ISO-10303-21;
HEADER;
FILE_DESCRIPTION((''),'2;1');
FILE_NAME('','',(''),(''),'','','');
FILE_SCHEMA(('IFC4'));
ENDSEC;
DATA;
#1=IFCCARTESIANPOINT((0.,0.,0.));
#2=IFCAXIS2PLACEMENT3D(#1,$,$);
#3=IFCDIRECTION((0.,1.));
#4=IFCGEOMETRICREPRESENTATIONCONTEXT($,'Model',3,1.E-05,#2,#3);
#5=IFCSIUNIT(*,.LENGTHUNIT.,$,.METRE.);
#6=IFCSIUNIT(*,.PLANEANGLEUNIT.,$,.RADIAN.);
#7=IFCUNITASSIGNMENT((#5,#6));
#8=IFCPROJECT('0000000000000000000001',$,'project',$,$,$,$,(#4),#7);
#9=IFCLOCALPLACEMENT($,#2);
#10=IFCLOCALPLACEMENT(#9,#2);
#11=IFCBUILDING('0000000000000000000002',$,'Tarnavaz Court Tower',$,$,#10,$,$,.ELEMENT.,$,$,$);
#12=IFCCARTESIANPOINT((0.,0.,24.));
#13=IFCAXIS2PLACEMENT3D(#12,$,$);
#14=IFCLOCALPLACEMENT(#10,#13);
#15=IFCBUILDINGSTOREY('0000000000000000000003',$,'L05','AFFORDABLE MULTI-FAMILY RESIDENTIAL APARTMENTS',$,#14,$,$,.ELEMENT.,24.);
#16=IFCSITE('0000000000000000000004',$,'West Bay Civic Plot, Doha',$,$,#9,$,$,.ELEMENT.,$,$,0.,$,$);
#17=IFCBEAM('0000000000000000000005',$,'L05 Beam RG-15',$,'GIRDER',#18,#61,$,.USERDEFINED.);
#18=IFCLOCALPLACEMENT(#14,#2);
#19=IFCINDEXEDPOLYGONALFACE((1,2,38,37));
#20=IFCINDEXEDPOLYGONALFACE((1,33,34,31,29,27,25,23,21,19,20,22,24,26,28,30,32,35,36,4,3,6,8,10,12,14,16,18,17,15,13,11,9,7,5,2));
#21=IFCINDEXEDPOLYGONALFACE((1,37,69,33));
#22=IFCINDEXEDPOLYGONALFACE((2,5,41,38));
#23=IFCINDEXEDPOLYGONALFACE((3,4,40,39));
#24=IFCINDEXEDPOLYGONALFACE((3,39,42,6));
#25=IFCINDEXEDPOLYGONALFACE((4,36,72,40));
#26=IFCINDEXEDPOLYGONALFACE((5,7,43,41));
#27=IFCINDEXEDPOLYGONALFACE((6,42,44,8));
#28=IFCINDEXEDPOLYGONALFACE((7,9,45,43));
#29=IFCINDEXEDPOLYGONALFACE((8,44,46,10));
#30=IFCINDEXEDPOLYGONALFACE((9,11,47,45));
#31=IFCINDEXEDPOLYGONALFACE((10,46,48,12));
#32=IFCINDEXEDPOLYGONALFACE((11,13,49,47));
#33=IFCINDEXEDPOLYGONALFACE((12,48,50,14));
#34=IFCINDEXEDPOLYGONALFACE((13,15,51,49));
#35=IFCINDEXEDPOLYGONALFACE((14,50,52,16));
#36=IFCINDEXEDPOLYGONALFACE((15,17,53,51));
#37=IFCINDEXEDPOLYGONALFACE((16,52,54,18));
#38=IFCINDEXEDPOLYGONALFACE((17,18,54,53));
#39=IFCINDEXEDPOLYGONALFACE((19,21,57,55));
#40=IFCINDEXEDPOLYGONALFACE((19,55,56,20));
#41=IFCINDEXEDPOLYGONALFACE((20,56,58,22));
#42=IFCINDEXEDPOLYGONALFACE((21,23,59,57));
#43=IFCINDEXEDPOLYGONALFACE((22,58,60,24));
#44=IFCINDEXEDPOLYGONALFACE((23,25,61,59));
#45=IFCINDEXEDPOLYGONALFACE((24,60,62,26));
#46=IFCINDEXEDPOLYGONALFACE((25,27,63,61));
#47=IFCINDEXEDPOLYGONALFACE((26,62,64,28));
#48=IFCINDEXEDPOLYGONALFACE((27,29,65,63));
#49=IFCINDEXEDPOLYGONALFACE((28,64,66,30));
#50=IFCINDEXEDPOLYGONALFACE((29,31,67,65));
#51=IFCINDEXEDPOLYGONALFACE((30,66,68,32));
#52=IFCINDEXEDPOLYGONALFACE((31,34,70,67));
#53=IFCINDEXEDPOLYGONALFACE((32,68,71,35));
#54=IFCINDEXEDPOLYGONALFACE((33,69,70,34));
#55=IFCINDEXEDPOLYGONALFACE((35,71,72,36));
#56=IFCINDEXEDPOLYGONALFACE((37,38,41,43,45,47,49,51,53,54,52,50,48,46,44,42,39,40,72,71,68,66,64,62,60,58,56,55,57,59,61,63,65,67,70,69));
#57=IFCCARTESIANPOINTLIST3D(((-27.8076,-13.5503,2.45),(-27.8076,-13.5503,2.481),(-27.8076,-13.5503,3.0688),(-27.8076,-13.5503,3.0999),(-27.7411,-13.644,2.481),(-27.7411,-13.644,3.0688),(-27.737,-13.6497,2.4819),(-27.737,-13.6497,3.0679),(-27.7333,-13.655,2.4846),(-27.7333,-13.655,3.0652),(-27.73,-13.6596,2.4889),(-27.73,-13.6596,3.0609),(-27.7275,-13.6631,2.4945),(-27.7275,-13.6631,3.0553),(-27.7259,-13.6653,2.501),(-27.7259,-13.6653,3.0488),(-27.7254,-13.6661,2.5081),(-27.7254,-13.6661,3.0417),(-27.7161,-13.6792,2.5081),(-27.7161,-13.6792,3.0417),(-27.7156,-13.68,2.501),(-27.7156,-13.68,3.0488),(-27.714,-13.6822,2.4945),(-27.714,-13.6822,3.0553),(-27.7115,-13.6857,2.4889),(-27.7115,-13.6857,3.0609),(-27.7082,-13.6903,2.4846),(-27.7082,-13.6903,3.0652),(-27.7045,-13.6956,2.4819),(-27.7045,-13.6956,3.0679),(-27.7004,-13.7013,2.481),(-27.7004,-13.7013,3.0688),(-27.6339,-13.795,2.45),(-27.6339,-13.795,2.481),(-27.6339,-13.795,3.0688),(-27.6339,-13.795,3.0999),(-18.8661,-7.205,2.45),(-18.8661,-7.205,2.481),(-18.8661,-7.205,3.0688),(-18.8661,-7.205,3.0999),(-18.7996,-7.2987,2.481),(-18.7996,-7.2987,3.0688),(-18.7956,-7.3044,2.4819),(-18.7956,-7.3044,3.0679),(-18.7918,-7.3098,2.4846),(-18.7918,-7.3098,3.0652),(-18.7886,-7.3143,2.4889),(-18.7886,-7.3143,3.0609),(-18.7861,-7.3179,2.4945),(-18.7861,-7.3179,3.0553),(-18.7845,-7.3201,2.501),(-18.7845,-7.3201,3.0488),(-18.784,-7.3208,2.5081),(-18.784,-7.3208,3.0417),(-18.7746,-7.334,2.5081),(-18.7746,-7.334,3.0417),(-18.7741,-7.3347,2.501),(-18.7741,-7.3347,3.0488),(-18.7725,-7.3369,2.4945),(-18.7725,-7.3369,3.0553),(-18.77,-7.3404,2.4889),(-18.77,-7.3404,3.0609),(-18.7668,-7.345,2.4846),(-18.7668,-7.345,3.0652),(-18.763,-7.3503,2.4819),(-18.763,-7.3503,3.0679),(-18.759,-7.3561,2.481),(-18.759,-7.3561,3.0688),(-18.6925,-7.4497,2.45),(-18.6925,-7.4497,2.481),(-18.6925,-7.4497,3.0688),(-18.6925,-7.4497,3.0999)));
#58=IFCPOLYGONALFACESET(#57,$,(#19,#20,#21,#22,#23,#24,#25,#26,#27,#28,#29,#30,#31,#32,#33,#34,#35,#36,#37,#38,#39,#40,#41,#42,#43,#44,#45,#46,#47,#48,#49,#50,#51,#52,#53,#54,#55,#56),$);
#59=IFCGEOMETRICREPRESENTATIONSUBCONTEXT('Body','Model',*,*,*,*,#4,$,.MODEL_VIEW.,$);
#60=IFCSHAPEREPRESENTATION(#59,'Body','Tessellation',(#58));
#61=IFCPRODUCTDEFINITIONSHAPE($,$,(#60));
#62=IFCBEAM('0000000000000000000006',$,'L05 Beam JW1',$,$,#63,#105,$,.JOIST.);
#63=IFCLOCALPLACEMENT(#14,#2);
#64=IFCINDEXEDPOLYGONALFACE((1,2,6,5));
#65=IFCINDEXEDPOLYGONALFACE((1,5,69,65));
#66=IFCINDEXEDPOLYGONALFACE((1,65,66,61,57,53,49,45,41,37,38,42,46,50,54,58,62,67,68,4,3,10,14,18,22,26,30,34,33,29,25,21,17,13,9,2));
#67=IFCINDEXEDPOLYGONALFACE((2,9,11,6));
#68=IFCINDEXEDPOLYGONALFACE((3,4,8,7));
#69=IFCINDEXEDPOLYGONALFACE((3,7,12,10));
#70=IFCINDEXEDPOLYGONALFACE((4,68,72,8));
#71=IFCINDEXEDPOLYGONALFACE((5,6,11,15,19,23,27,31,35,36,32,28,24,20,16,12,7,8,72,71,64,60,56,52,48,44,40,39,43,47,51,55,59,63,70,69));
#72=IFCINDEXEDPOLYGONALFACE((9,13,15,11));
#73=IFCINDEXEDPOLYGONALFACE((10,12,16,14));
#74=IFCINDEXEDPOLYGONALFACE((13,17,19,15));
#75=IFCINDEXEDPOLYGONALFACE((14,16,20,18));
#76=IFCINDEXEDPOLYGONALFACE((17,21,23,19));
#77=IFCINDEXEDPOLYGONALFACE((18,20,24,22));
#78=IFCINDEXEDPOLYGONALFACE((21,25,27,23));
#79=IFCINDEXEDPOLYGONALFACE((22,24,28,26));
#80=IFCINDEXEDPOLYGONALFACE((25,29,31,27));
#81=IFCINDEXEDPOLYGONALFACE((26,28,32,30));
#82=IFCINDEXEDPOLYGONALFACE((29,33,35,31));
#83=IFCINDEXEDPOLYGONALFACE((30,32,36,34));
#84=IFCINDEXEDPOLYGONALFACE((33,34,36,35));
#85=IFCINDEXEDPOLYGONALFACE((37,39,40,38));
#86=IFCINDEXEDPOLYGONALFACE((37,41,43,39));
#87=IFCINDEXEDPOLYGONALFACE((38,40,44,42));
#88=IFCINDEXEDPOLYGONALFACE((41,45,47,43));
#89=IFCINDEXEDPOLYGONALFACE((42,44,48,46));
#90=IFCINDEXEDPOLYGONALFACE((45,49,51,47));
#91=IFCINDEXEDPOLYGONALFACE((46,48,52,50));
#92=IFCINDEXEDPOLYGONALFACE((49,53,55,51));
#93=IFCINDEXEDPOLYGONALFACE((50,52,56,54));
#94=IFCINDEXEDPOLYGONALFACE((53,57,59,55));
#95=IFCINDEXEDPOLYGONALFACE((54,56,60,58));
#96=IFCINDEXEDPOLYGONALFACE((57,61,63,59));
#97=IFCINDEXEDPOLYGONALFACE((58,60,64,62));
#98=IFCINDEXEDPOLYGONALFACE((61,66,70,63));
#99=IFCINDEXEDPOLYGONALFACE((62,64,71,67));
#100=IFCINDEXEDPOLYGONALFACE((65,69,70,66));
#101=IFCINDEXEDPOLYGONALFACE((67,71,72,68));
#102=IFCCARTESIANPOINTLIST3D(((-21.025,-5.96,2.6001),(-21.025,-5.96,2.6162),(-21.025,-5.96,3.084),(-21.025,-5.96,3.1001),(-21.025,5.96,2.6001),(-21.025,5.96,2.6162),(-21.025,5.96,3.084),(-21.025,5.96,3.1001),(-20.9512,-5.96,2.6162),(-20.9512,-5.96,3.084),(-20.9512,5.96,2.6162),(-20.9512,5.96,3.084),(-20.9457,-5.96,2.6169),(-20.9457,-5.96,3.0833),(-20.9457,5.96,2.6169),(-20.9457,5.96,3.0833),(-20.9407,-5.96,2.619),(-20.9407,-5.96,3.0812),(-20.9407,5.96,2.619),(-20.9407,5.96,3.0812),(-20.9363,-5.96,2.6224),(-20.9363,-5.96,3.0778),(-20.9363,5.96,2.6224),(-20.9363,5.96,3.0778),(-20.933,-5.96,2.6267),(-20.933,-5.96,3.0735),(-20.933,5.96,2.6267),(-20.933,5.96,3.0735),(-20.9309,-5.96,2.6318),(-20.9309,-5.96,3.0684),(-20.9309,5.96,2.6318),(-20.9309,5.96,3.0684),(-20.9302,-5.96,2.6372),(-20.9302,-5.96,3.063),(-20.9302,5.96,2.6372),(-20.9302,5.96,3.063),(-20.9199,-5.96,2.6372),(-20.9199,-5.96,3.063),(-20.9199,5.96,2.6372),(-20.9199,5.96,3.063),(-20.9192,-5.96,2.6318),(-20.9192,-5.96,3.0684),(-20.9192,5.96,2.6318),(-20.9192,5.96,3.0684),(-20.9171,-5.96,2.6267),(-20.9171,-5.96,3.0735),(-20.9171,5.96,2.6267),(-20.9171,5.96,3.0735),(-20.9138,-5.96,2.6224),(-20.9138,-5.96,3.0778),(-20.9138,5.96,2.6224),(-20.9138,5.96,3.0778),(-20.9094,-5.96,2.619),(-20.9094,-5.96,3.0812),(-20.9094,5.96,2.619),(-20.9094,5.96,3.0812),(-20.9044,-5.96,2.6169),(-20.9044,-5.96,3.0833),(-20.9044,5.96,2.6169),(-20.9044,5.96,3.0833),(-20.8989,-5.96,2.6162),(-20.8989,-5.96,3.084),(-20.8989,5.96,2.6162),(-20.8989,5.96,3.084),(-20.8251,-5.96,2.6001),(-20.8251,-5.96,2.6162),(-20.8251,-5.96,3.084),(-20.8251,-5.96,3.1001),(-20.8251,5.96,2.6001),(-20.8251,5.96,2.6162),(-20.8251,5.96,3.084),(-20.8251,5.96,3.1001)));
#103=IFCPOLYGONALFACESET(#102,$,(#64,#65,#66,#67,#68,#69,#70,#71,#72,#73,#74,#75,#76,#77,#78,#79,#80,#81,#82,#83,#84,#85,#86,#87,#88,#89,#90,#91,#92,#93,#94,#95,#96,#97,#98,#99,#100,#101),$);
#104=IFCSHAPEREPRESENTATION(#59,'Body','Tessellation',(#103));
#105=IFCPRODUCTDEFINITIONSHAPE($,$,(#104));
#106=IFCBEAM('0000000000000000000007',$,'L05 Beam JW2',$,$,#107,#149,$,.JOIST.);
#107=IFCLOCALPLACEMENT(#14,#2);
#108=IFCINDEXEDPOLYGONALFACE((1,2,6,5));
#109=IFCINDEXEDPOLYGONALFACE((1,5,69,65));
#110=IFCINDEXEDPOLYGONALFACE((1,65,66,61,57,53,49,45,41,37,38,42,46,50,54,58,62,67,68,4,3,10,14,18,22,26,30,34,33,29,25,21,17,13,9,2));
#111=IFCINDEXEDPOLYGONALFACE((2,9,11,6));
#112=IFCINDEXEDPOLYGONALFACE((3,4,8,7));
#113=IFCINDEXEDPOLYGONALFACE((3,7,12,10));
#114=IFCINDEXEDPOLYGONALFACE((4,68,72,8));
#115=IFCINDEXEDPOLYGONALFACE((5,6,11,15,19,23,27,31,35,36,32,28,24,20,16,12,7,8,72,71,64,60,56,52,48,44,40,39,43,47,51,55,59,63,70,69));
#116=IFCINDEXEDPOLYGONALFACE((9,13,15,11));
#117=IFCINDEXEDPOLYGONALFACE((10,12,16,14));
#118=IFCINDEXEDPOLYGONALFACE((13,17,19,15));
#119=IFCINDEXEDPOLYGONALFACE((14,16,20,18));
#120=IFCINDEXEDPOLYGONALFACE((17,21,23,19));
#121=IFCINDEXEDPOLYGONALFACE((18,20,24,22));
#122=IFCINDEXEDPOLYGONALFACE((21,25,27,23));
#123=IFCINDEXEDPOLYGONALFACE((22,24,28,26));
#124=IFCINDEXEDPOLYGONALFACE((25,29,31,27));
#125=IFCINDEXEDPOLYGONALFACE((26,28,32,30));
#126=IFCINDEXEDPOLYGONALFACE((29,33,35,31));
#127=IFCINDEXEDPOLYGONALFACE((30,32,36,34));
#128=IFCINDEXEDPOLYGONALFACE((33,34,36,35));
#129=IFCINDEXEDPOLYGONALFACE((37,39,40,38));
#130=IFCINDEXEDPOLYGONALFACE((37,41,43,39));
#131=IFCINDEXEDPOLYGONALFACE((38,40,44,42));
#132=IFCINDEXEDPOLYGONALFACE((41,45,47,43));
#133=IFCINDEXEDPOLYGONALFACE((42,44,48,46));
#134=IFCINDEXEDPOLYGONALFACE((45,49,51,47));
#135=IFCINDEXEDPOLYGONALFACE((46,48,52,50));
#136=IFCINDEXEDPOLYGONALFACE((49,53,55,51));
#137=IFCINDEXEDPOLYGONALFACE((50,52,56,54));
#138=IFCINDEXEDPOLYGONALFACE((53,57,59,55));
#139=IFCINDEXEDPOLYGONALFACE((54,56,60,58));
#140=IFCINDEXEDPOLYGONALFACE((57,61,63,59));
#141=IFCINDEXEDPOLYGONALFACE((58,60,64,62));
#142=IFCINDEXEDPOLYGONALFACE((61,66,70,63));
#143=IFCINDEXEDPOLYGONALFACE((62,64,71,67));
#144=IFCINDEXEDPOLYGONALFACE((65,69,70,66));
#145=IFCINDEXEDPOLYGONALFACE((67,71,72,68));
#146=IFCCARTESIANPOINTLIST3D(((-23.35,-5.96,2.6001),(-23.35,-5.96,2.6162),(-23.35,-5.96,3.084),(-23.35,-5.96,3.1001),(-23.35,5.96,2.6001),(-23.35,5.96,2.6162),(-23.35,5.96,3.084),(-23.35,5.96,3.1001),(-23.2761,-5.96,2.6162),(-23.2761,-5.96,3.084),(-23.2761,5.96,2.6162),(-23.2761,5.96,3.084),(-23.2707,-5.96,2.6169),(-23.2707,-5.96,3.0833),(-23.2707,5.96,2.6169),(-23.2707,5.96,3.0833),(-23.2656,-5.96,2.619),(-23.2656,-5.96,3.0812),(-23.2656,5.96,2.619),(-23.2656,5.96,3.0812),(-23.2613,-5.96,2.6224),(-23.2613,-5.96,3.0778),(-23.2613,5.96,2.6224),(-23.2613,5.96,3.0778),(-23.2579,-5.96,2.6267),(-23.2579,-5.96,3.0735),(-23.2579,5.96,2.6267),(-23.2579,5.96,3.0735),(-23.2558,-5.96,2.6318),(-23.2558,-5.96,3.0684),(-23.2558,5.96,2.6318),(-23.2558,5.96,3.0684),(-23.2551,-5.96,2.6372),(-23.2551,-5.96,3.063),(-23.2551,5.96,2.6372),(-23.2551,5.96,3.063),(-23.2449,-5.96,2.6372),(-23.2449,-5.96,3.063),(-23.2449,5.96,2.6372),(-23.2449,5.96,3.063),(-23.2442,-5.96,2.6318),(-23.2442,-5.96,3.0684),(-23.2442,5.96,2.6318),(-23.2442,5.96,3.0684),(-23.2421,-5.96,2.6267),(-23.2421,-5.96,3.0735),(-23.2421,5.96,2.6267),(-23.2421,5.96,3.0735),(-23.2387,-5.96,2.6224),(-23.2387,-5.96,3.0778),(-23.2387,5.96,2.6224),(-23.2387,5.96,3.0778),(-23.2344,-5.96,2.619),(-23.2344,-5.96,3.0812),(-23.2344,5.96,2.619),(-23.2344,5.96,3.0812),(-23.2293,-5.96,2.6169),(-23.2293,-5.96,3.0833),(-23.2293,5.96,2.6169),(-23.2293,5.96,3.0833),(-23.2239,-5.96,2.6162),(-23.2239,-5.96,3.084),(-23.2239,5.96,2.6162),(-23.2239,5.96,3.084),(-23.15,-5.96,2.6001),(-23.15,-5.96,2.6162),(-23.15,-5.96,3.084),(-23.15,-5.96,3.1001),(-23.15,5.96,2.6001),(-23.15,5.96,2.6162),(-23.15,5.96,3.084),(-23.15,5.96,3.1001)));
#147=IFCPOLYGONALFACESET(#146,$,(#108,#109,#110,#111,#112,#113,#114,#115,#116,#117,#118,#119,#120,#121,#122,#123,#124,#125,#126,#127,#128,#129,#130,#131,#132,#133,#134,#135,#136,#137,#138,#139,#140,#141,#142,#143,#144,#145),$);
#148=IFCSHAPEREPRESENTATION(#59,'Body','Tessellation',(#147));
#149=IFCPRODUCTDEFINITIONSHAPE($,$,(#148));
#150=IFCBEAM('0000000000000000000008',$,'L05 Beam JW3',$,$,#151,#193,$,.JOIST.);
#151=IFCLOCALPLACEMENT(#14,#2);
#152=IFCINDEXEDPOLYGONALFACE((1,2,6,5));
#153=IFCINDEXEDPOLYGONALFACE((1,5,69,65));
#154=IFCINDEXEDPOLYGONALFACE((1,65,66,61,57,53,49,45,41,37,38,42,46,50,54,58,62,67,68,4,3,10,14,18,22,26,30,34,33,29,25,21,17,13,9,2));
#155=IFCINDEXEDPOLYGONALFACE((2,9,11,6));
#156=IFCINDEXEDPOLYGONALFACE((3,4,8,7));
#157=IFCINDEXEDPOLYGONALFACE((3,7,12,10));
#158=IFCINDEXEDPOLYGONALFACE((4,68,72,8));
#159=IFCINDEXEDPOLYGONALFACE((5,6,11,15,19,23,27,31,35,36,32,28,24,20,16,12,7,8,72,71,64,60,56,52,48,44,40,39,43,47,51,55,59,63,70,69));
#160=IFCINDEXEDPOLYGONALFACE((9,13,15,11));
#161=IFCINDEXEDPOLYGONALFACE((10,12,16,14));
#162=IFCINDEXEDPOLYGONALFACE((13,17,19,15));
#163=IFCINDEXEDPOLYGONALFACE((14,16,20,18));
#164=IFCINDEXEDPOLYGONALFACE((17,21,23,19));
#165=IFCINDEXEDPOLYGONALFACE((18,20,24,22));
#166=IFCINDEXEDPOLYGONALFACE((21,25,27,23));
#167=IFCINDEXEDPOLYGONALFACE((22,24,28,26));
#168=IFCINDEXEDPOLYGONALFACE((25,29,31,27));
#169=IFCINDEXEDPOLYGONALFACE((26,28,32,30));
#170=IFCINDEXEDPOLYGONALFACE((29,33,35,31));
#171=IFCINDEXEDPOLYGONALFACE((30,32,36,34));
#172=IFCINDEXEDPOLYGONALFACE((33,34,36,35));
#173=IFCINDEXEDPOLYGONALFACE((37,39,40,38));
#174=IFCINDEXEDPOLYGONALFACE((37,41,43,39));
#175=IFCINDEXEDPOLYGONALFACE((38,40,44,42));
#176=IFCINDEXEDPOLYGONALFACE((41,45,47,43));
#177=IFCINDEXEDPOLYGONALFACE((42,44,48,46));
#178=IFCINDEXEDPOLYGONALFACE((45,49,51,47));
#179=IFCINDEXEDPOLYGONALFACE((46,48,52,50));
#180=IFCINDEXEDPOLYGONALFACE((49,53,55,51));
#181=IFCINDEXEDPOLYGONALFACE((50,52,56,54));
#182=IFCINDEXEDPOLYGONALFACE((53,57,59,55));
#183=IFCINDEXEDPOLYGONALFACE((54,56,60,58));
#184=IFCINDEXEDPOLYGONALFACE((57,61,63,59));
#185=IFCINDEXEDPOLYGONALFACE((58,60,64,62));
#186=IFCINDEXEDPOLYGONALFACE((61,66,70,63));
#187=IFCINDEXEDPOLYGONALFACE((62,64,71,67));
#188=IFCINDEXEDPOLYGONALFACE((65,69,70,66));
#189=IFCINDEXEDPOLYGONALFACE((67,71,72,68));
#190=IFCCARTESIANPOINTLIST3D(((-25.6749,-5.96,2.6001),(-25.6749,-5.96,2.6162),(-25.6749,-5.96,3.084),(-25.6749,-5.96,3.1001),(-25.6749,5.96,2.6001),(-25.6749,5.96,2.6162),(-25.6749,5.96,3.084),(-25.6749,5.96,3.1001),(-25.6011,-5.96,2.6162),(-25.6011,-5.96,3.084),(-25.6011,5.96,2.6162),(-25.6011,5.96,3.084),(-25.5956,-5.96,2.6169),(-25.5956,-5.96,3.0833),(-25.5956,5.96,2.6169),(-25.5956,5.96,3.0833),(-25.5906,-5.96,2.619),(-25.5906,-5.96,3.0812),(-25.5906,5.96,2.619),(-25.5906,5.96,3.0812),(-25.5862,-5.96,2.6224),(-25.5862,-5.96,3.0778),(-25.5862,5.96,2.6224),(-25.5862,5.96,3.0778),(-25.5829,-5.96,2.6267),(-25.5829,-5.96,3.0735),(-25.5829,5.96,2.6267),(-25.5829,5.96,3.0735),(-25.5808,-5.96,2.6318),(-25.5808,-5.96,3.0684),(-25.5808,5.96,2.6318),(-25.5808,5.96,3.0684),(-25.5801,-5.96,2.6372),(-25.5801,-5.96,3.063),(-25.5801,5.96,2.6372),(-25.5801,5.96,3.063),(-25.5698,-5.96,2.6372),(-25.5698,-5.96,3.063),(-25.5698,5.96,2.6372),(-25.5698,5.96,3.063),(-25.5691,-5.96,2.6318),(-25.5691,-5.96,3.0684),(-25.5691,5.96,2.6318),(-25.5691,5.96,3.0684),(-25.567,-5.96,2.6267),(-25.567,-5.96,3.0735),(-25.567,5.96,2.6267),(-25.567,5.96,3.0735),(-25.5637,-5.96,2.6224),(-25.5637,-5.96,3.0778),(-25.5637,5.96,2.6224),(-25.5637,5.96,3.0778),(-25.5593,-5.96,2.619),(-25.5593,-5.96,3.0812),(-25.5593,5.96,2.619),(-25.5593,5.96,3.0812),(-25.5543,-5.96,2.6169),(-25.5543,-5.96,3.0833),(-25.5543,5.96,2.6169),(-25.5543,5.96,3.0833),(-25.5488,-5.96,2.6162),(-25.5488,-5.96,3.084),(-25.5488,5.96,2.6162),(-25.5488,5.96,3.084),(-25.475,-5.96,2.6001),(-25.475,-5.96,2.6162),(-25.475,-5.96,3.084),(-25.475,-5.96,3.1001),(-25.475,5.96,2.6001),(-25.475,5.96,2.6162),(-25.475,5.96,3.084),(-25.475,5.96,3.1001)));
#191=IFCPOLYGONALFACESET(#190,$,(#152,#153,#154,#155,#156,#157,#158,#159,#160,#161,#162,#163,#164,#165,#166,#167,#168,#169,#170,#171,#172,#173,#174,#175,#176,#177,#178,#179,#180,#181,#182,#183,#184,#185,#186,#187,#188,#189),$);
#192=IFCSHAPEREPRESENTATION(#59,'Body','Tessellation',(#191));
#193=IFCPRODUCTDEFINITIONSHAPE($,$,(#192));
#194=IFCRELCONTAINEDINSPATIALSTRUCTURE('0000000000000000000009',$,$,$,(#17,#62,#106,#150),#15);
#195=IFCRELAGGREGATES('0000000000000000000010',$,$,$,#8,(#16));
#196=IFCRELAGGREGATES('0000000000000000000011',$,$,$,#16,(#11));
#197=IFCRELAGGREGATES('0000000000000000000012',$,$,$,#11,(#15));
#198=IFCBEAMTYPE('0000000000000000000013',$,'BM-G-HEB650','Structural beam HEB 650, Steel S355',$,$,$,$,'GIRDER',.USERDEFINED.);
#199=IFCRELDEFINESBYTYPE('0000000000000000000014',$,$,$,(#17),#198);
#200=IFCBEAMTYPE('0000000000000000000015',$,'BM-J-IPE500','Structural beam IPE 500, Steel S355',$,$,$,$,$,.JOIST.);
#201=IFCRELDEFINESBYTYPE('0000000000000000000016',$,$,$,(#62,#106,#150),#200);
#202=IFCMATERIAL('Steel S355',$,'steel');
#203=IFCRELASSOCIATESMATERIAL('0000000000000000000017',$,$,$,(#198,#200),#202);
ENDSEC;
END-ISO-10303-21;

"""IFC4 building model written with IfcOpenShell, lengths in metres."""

from ifc_helpers import new_model, si_unit, direction, frame, origin, origin_2d, place, context, subcontext, project, spatial, i_section, extrude, material, material_profile, profile_set, type_object, element, save


model = new_model("IFC4")

# Units and contexts
model_context = context("Model", 3, precision=1e-05, world=origin(), true_north=direction((0.0, 1.0)))
body_context = subcontext(model_context, "Body", "Model", "MODEL_VIEW")
ifc_project = project(units=[si_unit("LENGTHUNIT", "METRE"), si_unit("PLANEANGLEUNIT", "RADIAN")], contexts=[model_context])

# Site, building, storey
site_placement = place(None, origin())
site = spatial("IfcSite", under=ifc_project, at=site_placement, Name="West Bay Civic Plot, Doha", CompositionType="ELEMENT", RefElevation=0.0)
building_placement = place(site_placement, origin())
building = spatial("IfcBuilding", under=site, at=building_placement, Name="Tarnavaz Court Tower", CompositionType="ELEMENT")
storey_placement = place(building_placement, frame((0.0, 0.0, 24.0)))
storey = spatial("IfcBuildingStorey", under=building, at=storey_placement, Name="L05", Description="AFFORDABLE MULTI-FAMILY RESIDENTIAL APARTMENTS", CompositionType="ELEMENT", Elevation=24.0)

# Beams
ifc_material_1 = material(Name="Steel S355", Category="steel")
ifc_material_profile_1 = material_profile(ifc_material_1, i_section(OverallWidth=0.3, OverallDepth=0.6499, WebThickness=0.0161, FlangeThickness=0.031, FilletRadius=0.0271, at=origin_2d()), Name="HEB 650")
ifc_profile_set_1 = profile_set([ifc_material_profile_1], Name="Steel S355")
beam_type_1 = type_object("IfcBeamType", Name="BM-G-HEB650", Description="Structural beam HEB 650, Steel S355", ElementType="GIRDER", PredefinedType="USERDEFINED", material=ifc_profile_set_1)
beam_1_placement = place(storey_placement, frame((-18.7793, -7.3274, 2.7749), z_axis=(-0.81552, -0.578729, 0.0), x_axis=(0.578729, -0.81552, 0.0)))
element("IfcBeam", 1, at=beam_1_placement, inside=storey, type_object=beam_type_1, Name="L05 Beam RG-15", ObjectType="GIRDER", PredefinedType="USERDEFINED", context=body_context, shape_type="SweptSolid", body=[
    extrude(i_section(OverallWidth=0.3, OverallDepth=0.6499, WebThickness=0.0161, FlangeThickness=0.031, FilletRadius=0.0271, at=origin_2d()), origin(), (0.0, 0.0, 1.0), 10.9641),
])
ifc_material_profile_2 = material_profile(ifc_material_1, i_section(OverallWidth=0.2, OverallDepth=0.5, WebThickness=0.0103, FlangeThickness=0.0161, FilletRadius=0.021, at=origin_2d()), Name="IPE 500")
ifc_profile_set_2 = profile_set([ifc_material_profile_2], Name="Steel S355")
beam_type_2 = type_object("IfcBeamType", Name="BM-J-IPE500", Description="Structural beam IPE 500, Steel S355", PredefinedType="JOIST", material=ifc_profile_set_2)
for number, where, z_axis, x_axis, name in (
    (2, (-20.925, -5.96, 2.8501), (0.0, 1.0, 0.0), (-1.0, 0.0, 0.0), "L05 Beam JW1"),
    (3, (-23.25, -5.96, 2.8501), (0.0, 1.0, 0.0), (-1.0, 0.0, 0.0), "L05 Beam JW2"),
    (4, (-25.575, -5.96, 2.8501), (0.0, 1.0, 0.0), (-1.0, 0.0, 0.0), "L05 Beam JW3"),
):
    element("IfcBeam", number, at=place(storey_placement, frame(where, z_axis=z_axis, x_axis=x_axis)), inside=storey, type_object=beam_type_2, Name=name, PredefinedType="JOIST", context=body_context, shape_type="SweptSolid", body=[
        extrude(i_section(OverallWidth=0.2, OverallDepth=0.5, WebThickness=0.0103, FlangeThickness=0.0161, FilletRadius=0.021, at=origin_2d()), origin(), (0.0, 0.0, 1.0), 11.9199),
    ])

save(model, "model.ifc")
